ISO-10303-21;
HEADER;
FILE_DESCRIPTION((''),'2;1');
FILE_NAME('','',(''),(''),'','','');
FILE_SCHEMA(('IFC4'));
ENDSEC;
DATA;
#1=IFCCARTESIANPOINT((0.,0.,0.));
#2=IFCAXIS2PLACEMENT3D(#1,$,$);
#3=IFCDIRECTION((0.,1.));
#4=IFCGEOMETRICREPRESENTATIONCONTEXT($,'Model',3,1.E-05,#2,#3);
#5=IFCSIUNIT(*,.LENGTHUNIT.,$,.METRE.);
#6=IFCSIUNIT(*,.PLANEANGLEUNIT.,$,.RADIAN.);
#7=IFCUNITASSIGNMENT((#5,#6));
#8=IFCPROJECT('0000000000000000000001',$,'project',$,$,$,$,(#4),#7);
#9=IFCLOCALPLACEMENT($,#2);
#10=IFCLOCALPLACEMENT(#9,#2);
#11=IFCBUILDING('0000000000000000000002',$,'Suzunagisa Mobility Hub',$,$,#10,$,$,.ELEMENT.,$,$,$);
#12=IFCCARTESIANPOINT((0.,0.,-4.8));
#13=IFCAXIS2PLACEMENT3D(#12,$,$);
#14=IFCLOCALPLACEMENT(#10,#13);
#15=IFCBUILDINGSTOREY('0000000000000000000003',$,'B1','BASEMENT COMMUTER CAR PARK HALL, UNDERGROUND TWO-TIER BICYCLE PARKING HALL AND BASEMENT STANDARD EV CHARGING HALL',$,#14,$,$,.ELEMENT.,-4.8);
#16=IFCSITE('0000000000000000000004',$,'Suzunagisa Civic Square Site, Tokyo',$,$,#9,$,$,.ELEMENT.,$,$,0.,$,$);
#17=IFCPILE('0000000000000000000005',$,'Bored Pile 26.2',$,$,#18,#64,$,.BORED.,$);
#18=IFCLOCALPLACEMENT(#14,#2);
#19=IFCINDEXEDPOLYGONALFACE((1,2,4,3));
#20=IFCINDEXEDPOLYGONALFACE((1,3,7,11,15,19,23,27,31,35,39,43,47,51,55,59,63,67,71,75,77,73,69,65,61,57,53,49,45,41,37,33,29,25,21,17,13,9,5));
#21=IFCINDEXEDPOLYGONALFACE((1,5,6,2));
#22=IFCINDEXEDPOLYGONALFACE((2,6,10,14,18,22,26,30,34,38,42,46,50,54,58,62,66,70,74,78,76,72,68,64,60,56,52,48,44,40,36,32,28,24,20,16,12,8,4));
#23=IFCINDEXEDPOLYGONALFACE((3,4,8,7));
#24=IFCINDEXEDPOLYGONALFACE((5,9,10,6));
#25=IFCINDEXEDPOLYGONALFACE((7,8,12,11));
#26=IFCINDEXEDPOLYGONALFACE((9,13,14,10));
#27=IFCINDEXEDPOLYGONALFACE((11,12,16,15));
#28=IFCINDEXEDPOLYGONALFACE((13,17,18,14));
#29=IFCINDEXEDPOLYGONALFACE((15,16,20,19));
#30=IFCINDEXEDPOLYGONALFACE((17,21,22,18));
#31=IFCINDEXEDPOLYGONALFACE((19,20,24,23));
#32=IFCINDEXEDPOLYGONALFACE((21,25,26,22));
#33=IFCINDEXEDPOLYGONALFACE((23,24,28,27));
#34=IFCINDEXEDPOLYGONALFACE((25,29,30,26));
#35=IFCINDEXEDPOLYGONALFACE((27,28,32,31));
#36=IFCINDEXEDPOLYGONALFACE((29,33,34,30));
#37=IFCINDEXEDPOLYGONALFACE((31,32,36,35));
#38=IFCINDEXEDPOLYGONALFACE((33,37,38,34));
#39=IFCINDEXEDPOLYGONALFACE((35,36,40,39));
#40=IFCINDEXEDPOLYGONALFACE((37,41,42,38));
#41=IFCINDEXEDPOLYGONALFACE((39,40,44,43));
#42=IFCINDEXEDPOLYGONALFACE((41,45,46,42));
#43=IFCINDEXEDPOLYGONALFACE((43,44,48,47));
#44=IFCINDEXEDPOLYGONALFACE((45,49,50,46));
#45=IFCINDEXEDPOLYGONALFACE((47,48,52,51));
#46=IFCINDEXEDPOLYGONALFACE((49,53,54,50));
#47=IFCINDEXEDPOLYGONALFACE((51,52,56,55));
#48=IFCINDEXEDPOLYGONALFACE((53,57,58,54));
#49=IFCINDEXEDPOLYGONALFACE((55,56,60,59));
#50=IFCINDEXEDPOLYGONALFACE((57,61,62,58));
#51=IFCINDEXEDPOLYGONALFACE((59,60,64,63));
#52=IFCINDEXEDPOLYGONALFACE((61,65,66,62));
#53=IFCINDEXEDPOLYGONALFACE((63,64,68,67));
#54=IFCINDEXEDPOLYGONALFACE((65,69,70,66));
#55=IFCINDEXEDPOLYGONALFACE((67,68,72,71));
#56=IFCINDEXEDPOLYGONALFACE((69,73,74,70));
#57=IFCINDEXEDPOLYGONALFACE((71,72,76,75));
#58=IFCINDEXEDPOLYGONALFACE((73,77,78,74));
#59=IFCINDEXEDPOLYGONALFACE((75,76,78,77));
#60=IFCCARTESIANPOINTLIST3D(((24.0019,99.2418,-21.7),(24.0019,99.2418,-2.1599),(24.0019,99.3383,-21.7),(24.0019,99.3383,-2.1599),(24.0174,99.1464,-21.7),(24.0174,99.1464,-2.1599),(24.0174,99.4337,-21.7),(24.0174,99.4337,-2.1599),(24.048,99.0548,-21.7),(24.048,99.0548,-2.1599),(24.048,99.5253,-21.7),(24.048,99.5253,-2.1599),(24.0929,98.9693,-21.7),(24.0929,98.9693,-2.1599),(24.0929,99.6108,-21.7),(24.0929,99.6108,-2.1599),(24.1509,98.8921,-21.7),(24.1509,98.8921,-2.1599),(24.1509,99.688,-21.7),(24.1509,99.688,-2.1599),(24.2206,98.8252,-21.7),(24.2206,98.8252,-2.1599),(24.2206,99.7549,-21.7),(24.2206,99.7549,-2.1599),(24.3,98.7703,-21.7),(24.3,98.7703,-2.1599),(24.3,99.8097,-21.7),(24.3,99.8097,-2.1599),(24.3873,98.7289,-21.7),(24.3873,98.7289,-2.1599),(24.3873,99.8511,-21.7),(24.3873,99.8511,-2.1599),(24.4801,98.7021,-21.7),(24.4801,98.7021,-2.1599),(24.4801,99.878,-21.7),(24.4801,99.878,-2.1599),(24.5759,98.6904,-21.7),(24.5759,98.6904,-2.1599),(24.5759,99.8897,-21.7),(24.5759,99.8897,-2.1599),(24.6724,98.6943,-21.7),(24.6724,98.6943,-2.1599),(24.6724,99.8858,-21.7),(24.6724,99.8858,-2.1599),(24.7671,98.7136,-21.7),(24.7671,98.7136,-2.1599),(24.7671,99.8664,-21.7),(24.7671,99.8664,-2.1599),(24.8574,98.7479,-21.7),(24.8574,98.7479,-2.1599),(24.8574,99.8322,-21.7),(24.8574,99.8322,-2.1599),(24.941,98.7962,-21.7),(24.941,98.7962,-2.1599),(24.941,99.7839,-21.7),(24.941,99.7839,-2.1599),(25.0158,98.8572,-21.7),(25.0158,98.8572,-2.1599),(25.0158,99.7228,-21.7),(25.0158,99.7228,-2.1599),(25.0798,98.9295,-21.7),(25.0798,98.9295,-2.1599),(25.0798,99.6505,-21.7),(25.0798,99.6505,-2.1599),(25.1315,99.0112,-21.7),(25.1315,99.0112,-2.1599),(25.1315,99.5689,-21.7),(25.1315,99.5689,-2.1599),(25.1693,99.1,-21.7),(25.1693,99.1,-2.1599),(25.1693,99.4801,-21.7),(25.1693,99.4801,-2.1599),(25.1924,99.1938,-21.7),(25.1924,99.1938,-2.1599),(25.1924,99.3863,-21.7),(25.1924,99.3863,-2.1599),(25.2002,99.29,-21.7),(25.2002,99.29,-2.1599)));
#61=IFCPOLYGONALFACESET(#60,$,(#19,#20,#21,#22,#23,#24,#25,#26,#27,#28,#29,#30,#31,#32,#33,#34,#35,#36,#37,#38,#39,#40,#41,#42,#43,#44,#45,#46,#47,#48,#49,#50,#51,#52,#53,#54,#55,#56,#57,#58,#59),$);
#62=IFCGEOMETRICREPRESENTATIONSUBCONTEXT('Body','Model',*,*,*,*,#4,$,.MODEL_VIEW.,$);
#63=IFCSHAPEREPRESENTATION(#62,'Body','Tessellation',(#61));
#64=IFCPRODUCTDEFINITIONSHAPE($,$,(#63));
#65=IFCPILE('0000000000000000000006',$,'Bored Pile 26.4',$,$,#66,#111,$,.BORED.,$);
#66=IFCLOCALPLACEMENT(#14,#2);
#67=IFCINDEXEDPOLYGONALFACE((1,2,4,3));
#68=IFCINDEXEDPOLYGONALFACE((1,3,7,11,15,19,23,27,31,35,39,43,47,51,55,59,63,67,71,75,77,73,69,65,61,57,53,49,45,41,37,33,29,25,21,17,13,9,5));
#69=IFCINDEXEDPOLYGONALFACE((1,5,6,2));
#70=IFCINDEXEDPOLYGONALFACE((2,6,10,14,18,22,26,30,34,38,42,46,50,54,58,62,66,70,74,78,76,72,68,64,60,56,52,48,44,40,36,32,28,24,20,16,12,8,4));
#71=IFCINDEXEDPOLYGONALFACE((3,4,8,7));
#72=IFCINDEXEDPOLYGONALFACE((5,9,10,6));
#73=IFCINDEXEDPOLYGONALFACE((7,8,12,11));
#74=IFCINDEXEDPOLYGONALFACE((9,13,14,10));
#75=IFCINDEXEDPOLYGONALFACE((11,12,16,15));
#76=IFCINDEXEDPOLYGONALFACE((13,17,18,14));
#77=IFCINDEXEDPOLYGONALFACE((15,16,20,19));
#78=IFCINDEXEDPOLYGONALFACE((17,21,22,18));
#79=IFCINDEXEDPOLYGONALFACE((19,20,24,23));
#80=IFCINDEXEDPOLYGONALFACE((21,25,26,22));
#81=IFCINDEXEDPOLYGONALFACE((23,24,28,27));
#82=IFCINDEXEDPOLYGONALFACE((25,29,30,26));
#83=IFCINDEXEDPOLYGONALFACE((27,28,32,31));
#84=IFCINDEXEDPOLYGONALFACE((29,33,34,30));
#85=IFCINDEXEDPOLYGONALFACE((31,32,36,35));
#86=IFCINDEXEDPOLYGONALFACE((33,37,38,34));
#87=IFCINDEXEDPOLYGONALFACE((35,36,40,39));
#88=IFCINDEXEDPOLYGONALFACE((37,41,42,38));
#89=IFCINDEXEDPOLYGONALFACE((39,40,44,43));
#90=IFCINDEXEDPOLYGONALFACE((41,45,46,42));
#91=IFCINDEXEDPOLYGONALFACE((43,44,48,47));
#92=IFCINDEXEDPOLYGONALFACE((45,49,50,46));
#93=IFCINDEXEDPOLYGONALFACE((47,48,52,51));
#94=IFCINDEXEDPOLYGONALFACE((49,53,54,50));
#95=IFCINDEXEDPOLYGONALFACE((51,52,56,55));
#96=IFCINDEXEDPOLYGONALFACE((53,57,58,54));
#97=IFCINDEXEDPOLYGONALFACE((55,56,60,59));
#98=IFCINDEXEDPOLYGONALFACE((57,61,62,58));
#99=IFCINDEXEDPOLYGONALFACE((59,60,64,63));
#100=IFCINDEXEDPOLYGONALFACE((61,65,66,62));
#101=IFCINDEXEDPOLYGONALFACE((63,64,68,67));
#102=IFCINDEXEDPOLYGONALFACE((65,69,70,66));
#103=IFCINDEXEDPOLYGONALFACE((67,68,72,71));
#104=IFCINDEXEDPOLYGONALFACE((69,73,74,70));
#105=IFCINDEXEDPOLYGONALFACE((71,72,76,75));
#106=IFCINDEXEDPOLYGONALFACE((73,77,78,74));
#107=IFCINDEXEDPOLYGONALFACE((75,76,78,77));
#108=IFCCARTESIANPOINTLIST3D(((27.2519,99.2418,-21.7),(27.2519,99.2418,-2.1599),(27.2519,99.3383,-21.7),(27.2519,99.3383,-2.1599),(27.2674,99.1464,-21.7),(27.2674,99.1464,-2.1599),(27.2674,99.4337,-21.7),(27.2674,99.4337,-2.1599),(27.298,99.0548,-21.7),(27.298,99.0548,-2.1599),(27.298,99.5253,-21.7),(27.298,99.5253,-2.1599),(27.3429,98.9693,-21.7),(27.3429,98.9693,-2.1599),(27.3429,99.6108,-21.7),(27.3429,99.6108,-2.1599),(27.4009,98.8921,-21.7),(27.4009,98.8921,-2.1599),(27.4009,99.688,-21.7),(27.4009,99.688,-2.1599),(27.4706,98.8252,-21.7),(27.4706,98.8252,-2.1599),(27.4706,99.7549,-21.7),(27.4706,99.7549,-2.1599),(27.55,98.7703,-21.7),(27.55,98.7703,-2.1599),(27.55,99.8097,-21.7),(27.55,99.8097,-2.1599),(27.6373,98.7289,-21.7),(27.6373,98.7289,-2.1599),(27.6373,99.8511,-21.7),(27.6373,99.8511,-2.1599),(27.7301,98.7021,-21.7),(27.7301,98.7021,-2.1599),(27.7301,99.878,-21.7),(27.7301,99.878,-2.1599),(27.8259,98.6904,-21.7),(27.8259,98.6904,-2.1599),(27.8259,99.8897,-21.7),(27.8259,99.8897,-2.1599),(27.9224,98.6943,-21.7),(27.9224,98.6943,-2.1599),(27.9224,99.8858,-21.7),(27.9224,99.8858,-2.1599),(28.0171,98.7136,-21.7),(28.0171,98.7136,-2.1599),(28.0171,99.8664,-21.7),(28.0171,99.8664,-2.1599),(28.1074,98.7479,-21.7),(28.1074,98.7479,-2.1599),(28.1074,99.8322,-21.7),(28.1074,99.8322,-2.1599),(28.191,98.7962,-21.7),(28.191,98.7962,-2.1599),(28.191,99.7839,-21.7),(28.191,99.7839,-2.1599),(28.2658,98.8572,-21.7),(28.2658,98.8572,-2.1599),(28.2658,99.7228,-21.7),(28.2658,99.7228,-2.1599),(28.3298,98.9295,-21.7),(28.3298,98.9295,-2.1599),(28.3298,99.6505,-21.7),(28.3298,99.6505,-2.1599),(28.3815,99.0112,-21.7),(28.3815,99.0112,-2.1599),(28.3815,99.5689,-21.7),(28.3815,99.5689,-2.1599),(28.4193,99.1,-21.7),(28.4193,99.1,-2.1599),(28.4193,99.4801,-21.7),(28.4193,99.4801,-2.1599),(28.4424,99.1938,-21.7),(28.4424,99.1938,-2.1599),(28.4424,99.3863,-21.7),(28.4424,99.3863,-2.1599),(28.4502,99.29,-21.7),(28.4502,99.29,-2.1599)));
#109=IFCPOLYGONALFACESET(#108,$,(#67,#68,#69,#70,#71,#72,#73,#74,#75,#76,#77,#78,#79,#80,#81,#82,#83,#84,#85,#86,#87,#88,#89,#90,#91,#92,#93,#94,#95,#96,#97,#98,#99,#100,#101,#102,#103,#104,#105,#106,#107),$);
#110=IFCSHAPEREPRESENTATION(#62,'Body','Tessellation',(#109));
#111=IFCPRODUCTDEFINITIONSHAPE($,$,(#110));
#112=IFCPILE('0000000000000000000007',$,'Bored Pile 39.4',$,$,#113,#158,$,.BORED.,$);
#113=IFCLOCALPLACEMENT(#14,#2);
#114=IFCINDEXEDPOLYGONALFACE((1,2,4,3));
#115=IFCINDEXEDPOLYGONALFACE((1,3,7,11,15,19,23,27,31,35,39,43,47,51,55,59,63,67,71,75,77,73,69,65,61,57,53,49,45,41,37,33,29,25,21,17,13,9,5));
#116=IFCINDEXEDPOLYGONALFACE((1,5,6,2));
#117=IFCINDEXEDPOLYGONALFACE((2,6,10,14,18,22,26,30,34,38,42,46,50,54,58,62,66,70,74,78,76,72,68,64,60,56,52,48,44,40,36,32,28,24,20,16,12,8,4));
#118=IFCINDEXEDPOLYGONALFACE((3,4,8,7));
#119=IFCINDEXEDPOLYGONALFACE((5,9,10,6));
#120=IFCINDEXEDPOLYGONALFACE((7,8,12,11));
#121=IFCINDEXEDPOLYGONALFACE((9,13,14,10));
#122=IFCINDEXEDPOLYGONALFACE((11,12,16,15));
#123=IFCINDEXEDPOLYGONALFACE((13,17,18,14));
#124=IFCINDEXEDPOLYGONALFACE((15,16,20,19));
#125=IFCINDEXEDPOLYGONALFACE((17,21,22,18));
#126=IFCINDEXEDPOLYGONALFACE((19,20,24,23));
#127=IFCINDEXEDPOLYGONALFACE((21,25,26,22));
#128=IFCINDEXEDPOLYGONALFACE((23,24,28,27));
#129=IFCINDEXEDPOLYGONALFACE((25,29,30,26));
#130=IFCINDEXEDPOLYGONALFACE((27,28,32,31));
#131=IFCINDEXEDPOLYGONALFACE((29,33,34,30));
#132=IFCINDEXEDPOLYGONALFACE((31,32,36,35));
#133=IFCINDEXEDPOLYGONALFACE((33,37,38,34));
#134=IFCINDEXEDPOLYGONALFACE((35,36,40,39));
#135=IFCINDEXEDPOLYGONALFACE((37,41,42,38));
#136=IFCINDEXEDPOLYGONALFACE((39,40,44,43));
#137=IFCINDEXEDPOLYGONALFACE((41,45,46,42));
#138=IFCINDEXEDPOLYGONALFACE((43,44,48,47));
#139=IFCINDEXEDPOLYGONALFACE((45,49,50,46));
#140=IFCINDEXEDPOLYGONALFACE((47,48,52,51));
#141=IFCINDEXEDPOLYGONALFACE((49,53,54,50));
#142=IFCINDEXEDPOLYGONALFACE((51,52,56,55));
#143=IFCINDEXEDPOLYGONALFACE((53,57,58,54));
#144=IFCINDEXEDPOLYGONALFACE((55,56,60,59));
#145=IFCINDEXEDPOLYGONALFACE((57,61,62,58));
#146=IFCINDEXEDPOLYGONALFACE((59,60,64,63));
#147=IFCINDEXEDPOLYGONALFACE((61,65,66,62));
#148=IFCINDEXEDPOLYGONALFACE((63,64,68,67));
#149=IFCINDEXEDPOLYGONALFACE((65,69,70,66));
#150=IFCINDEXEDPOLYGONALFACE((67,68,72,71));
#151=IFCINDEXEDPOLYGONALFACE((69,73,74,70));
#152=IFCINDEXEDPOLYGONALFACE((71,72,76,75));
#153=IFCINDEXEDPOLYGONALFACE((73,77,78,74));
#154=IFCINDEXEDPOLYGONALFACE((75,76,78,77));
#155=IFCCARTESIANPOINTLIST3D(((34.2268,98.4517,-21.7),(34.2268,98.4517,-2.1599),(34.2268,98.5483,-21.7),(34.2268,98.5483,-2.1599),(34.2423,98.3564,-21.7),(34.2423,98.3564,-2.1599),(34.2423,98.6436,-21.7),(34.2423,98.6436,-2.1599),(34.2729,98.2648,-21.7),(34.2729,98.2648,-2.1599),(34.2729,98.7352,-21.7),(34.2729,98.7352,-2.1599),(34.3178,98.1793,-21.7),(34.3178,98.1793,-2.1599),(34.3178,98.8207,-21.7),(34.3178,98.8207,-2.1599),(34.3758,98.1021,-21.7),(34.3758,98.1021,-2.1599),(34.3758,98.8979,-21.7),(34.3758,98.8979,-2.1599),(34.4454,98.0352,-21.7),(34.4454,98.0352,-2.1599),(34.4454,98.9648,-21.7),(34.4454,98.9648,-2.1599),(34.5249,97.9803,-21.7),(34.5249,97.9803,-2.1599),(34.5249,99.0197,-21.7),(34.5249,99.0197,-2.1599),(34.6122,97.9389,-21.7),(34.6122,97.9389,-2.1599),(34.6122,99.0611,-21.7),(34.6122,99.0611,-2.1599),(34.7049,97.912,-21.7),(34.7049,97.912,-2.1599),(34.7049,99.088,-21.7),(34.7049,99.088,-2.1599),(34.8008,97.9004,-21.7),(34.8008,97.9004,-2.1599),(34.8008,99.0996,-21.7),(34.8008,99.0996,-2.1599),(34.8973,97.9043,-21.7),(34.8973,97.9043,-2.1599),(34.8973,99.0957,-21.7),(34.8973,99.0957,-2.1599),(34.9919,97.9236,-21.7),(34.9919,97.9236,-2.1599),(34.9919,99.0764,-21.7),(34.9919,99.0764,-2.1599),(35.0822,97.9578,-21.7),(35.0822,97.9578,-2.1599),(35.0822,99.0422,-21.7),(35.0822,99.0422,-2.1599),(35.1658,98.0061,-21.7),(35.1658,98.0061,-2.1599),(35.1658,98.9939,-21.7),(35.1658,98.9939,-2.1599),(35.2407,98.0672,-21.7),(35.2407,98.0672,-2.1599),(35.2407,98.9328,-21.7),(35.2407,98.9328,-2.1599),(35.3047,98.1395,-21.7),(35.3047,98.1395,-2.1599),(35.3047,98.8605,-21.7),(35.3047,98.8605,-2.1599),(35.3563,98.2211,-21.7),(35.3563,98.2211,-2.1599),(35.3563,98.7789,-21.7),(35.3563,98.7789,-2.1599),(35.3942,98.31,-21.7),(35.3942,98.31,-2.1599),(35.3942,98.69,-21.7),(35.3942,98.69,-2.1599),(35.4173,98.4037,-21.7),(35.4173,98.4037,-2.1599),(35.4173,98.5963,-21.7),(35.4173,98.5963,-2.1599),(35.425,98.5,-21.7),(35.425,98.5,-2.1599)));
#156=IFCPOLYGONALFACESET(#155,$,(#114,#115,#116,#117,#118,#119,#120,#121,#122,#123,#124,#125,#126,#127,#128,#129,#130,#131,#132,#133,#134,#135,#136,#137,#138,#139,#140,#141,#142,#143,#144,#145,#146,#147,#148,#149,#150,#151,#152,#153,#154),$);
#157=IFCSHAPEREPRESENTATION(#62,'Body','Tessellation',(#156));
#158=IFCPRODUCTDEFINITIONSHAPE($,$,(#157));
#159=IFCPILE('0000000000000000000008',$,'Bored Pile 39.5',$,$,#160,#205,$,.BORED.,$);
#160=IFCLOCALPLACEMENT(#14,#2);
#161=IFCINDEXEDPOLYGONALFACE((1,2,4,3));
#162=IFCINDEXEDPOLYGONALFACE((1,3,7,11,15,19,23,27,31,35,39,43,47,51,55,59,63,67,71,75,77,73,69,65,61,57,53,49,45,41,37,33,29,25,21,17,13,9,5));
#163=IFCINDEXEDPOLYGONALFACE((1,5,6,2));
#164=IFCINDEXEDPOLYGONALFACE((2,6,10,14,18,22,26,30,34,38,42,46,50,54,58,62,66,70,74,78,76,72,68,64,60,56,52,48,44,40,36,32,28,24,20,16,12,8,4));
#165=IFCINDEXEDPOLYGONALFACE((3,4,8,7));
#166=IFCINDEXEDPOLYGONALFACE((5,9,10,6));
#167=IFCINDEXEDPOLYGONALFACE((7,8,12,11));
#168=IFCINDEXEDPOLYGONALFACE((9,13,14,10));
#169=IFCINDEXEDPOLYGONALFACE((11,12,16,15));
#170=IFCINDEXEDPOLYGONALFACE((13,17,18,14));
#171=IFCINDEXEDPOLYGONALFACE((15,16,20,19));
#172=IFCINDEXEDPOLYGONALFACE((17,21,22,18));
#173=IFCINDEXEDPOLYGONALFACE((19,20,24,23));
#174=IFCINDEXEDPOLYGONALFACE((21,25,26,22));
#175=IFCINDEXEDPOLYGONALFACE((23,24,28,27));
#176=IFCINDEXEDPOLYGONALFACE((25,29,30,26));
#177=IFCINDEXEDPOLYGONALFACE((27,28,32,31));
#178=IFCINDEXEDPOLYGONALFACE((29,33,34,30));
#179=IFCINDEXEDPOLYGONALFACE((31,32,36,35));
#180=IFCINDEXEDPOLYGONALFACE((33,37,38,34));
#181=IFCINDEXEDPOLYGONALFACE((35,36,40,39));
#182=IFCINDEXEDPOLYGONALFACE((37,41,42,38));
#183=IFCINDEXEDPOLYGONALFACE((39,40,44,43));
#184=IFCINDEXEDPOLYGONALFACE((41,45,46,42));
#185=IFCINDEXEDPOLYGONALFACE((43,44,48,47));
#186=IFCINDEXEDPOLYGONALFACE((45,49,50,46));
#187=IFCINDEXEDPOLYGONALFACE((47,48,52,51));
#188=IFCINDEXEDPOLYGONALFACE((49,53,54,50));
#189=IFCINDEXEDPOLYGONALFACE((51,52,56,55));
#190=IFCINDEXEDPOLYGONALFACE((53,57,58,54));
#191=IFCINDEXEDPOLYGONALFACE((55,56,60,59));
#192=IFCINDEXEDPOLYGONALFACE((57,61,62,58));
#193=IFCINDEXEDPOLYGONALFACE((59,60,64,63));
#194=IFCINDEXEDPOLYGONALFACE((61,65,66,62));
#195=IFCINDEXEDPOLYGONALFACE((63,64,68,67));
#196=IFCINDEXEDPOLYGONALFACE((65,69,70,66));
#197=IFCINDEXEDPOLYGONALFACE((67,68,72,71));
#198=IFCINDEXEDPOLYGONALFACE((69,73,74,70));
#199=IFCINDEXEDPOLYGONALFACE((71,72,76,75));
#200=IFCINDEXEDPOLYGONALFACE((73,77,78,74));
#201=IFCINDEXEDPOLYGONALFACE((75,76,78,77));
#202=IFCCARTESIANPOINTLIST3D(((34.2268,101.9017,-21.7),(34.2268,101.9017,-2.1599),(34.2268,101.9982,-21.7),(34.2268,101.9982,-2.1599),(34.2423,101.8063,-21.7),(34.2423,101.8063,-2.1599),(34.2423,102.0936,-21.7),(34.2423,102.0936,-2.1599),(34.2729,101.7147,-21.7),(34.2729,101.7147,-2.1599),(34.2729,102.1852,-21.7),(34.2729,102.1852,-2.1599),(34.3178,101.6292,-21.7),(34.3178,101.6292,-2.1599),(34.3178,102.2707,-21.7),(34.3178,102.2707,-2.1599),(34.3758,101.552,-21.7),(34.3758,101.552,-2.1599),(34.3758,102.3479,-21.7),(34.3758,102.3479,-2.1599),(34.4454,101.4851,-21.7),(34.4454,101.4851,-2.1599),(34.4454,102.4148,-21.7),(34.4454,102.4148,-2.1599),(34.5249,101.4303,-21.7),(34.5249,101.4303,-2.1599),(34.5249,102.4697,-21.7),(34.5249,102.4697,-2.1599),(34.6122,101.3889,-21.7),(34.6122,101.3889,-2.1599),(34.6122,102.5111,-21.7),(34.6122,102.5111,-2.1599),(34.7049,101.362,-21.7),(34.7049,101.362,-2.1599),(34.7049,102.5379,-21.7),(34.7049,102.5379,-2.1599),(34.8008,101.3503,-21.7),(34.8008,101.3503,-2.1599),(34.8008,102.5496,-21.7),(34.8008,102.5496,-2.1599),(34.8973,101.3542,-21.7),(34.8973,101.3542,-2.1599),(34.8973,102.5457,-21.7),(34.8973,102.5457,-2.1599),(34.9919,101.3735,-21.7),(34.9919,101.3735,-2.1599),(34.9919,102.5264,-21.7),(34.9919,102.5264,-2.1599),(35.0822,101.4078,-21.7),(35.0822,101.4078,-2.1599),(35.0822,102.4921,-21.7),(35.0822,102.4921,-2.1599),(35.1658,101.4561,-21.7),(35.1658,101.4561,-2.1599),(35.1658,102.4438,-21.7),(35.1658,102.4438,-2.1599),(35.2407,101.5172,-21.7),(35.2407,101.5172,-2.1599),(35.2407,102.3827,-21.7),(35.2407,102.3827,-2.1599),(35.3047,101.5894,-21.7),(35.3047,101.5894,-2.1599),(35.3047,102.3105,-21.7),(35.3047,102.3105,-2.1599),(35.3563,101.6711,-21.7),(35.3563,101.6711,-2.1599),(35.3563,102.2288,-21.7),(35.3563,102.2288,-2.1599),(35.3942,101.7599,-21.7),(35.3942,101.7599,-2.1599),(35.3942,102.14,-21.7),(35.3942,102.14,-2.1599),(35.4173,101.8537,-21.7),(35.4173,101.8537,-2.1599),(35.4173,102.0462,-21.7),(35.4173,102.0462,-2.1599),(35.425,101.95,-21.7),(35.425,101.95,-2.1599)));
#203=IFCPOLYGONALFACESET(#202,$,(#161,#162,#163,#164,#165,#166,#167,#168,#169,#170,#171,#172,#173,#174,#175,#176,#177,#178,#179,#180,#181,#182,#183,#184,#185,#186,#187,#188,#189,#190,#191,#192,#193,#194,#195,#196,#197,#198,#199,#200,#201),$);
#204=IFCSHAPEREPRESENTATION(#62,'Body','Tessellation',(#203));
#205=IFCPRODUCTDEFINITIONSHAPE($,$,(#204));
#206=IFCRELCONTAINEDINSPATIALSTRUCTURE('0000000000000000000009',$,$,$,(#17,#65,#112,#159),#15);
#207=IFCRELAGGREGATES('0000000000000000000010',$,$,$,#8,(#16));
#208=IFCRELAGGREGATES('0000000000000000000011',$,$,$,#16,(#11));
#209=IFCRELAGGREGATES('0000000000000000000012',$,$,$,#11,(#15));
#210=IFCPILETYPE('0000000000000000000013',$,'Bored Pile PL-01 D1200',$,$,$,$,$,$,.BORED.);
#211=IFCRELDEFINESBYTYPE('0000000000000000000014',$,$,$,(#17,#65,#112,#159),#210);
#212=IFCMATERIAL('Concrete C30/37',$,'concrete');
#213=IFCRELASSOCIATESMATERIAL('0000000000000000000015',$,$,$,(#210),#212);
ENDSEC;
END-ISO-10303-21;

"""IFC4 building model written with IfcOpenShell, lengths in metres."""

from ifc_helpers import new_model, si_unit, direction, frame, origin, origin_2d, place, context, subcontext, project, spatial, circle, extrude, material, material_profile, profile_set, type_object, element, save


model = new_model("IFC4")

# Units and contexts
model_context = context("Model", 3, precision=1e-05, world=origin(), true_north=direction((0.0, 1.0)))
body_context = subcontext(model_context, "Body", "Model", "MODEL_VIEW")
ifc_project = project(units=[si_unit("LENGTHUNIT", "METRE"), si_unit("PLANEANGLEUNIT", "RADIAN")], contexts=[model_context])

# Site, building, storey
site_placement = place(None, origin())
site = spatial("IfcSite", under=ifc_project, at=site_placement, Name="Suzunagisa Civic Square Site, Tokyo", CompositionType="ELEMENT", RefElevation=0.0)
building_placement = place(site_placement, origin())
building = spatial("IfcBuilding", under=site, at=building_placement, Name="Suzunagisa Mobility Hub", CompositionType="ELEMENT")
storey_placement = place(building_placement, frame((0.0, 0.0, -4.8)))
storey = spatial("IfcBuildingStorey", under=building, at=storey_placement, Name="B1", Description="BASEMENT COMMUTER CAR PARK HALL, UNDERGROUND TWO-TIER BICYCLE PARKING HALL AND BASEMENT STANDARD EV CHARGING HALL", CompositionType="ELEMENT", Elevation=-4.8)

# Piles
ifc_material_1 = material(Name="Concrete C30/37", Category="concrete")
ifc_material_profile_1 = material_profile(ifc_material_1, circle(Radius=0.6001, at=origin_2d()), Name="BORED PILE D1200")
ifc_profile_set_1 = profile_set([ifc_material_profile_1], Name="Concrete C30/37")
pile_type = type_object("IfcPileType", Name="Bored Pile PL-01 D1200", PredefinedType="BORED", material=ifc_profile_set_1)
for number, where, z_axis, x_axis, name in (
    (1, (24.6001, 99.29, -2.1599), (0.0, 0.0, -1.0), (1.0, 0.0, 0.0), "Bored Pile 26.2"),
    (2, (27.8501, 99.29, -2.1599), (0.0, 0.0, -1.0), (1.0, 0.0, 0.0), "Bored Pile 26.4"),
    (3, (34.825, 98.5, -2.1599), (0.0, 0.0, -1.0), (1.0, 0.0, 0.0), "Bored Pile 39.4"),
    (4, (34.825, 101.95, -2.1599), (0.0, 0.0, -1.0), (1.0, 0.0, 0.0), "Bored Pile 39.5"),
):
    element("IfcPile", number, at=place(storey_placement, frame(where, z_axis=z_axis, x_axis=x_axis)), inside=storey, type_object=pile_type, Name=name, PredefinedType="BORED", context=body_context, shape_type="SweptSolid", body=[
        extrude(circle(Radius=0.6001, at=origin_2d()), origin(), (0.0, 0.0, 1.0), 19.54),
    ])

save(model, "model.ifc")
